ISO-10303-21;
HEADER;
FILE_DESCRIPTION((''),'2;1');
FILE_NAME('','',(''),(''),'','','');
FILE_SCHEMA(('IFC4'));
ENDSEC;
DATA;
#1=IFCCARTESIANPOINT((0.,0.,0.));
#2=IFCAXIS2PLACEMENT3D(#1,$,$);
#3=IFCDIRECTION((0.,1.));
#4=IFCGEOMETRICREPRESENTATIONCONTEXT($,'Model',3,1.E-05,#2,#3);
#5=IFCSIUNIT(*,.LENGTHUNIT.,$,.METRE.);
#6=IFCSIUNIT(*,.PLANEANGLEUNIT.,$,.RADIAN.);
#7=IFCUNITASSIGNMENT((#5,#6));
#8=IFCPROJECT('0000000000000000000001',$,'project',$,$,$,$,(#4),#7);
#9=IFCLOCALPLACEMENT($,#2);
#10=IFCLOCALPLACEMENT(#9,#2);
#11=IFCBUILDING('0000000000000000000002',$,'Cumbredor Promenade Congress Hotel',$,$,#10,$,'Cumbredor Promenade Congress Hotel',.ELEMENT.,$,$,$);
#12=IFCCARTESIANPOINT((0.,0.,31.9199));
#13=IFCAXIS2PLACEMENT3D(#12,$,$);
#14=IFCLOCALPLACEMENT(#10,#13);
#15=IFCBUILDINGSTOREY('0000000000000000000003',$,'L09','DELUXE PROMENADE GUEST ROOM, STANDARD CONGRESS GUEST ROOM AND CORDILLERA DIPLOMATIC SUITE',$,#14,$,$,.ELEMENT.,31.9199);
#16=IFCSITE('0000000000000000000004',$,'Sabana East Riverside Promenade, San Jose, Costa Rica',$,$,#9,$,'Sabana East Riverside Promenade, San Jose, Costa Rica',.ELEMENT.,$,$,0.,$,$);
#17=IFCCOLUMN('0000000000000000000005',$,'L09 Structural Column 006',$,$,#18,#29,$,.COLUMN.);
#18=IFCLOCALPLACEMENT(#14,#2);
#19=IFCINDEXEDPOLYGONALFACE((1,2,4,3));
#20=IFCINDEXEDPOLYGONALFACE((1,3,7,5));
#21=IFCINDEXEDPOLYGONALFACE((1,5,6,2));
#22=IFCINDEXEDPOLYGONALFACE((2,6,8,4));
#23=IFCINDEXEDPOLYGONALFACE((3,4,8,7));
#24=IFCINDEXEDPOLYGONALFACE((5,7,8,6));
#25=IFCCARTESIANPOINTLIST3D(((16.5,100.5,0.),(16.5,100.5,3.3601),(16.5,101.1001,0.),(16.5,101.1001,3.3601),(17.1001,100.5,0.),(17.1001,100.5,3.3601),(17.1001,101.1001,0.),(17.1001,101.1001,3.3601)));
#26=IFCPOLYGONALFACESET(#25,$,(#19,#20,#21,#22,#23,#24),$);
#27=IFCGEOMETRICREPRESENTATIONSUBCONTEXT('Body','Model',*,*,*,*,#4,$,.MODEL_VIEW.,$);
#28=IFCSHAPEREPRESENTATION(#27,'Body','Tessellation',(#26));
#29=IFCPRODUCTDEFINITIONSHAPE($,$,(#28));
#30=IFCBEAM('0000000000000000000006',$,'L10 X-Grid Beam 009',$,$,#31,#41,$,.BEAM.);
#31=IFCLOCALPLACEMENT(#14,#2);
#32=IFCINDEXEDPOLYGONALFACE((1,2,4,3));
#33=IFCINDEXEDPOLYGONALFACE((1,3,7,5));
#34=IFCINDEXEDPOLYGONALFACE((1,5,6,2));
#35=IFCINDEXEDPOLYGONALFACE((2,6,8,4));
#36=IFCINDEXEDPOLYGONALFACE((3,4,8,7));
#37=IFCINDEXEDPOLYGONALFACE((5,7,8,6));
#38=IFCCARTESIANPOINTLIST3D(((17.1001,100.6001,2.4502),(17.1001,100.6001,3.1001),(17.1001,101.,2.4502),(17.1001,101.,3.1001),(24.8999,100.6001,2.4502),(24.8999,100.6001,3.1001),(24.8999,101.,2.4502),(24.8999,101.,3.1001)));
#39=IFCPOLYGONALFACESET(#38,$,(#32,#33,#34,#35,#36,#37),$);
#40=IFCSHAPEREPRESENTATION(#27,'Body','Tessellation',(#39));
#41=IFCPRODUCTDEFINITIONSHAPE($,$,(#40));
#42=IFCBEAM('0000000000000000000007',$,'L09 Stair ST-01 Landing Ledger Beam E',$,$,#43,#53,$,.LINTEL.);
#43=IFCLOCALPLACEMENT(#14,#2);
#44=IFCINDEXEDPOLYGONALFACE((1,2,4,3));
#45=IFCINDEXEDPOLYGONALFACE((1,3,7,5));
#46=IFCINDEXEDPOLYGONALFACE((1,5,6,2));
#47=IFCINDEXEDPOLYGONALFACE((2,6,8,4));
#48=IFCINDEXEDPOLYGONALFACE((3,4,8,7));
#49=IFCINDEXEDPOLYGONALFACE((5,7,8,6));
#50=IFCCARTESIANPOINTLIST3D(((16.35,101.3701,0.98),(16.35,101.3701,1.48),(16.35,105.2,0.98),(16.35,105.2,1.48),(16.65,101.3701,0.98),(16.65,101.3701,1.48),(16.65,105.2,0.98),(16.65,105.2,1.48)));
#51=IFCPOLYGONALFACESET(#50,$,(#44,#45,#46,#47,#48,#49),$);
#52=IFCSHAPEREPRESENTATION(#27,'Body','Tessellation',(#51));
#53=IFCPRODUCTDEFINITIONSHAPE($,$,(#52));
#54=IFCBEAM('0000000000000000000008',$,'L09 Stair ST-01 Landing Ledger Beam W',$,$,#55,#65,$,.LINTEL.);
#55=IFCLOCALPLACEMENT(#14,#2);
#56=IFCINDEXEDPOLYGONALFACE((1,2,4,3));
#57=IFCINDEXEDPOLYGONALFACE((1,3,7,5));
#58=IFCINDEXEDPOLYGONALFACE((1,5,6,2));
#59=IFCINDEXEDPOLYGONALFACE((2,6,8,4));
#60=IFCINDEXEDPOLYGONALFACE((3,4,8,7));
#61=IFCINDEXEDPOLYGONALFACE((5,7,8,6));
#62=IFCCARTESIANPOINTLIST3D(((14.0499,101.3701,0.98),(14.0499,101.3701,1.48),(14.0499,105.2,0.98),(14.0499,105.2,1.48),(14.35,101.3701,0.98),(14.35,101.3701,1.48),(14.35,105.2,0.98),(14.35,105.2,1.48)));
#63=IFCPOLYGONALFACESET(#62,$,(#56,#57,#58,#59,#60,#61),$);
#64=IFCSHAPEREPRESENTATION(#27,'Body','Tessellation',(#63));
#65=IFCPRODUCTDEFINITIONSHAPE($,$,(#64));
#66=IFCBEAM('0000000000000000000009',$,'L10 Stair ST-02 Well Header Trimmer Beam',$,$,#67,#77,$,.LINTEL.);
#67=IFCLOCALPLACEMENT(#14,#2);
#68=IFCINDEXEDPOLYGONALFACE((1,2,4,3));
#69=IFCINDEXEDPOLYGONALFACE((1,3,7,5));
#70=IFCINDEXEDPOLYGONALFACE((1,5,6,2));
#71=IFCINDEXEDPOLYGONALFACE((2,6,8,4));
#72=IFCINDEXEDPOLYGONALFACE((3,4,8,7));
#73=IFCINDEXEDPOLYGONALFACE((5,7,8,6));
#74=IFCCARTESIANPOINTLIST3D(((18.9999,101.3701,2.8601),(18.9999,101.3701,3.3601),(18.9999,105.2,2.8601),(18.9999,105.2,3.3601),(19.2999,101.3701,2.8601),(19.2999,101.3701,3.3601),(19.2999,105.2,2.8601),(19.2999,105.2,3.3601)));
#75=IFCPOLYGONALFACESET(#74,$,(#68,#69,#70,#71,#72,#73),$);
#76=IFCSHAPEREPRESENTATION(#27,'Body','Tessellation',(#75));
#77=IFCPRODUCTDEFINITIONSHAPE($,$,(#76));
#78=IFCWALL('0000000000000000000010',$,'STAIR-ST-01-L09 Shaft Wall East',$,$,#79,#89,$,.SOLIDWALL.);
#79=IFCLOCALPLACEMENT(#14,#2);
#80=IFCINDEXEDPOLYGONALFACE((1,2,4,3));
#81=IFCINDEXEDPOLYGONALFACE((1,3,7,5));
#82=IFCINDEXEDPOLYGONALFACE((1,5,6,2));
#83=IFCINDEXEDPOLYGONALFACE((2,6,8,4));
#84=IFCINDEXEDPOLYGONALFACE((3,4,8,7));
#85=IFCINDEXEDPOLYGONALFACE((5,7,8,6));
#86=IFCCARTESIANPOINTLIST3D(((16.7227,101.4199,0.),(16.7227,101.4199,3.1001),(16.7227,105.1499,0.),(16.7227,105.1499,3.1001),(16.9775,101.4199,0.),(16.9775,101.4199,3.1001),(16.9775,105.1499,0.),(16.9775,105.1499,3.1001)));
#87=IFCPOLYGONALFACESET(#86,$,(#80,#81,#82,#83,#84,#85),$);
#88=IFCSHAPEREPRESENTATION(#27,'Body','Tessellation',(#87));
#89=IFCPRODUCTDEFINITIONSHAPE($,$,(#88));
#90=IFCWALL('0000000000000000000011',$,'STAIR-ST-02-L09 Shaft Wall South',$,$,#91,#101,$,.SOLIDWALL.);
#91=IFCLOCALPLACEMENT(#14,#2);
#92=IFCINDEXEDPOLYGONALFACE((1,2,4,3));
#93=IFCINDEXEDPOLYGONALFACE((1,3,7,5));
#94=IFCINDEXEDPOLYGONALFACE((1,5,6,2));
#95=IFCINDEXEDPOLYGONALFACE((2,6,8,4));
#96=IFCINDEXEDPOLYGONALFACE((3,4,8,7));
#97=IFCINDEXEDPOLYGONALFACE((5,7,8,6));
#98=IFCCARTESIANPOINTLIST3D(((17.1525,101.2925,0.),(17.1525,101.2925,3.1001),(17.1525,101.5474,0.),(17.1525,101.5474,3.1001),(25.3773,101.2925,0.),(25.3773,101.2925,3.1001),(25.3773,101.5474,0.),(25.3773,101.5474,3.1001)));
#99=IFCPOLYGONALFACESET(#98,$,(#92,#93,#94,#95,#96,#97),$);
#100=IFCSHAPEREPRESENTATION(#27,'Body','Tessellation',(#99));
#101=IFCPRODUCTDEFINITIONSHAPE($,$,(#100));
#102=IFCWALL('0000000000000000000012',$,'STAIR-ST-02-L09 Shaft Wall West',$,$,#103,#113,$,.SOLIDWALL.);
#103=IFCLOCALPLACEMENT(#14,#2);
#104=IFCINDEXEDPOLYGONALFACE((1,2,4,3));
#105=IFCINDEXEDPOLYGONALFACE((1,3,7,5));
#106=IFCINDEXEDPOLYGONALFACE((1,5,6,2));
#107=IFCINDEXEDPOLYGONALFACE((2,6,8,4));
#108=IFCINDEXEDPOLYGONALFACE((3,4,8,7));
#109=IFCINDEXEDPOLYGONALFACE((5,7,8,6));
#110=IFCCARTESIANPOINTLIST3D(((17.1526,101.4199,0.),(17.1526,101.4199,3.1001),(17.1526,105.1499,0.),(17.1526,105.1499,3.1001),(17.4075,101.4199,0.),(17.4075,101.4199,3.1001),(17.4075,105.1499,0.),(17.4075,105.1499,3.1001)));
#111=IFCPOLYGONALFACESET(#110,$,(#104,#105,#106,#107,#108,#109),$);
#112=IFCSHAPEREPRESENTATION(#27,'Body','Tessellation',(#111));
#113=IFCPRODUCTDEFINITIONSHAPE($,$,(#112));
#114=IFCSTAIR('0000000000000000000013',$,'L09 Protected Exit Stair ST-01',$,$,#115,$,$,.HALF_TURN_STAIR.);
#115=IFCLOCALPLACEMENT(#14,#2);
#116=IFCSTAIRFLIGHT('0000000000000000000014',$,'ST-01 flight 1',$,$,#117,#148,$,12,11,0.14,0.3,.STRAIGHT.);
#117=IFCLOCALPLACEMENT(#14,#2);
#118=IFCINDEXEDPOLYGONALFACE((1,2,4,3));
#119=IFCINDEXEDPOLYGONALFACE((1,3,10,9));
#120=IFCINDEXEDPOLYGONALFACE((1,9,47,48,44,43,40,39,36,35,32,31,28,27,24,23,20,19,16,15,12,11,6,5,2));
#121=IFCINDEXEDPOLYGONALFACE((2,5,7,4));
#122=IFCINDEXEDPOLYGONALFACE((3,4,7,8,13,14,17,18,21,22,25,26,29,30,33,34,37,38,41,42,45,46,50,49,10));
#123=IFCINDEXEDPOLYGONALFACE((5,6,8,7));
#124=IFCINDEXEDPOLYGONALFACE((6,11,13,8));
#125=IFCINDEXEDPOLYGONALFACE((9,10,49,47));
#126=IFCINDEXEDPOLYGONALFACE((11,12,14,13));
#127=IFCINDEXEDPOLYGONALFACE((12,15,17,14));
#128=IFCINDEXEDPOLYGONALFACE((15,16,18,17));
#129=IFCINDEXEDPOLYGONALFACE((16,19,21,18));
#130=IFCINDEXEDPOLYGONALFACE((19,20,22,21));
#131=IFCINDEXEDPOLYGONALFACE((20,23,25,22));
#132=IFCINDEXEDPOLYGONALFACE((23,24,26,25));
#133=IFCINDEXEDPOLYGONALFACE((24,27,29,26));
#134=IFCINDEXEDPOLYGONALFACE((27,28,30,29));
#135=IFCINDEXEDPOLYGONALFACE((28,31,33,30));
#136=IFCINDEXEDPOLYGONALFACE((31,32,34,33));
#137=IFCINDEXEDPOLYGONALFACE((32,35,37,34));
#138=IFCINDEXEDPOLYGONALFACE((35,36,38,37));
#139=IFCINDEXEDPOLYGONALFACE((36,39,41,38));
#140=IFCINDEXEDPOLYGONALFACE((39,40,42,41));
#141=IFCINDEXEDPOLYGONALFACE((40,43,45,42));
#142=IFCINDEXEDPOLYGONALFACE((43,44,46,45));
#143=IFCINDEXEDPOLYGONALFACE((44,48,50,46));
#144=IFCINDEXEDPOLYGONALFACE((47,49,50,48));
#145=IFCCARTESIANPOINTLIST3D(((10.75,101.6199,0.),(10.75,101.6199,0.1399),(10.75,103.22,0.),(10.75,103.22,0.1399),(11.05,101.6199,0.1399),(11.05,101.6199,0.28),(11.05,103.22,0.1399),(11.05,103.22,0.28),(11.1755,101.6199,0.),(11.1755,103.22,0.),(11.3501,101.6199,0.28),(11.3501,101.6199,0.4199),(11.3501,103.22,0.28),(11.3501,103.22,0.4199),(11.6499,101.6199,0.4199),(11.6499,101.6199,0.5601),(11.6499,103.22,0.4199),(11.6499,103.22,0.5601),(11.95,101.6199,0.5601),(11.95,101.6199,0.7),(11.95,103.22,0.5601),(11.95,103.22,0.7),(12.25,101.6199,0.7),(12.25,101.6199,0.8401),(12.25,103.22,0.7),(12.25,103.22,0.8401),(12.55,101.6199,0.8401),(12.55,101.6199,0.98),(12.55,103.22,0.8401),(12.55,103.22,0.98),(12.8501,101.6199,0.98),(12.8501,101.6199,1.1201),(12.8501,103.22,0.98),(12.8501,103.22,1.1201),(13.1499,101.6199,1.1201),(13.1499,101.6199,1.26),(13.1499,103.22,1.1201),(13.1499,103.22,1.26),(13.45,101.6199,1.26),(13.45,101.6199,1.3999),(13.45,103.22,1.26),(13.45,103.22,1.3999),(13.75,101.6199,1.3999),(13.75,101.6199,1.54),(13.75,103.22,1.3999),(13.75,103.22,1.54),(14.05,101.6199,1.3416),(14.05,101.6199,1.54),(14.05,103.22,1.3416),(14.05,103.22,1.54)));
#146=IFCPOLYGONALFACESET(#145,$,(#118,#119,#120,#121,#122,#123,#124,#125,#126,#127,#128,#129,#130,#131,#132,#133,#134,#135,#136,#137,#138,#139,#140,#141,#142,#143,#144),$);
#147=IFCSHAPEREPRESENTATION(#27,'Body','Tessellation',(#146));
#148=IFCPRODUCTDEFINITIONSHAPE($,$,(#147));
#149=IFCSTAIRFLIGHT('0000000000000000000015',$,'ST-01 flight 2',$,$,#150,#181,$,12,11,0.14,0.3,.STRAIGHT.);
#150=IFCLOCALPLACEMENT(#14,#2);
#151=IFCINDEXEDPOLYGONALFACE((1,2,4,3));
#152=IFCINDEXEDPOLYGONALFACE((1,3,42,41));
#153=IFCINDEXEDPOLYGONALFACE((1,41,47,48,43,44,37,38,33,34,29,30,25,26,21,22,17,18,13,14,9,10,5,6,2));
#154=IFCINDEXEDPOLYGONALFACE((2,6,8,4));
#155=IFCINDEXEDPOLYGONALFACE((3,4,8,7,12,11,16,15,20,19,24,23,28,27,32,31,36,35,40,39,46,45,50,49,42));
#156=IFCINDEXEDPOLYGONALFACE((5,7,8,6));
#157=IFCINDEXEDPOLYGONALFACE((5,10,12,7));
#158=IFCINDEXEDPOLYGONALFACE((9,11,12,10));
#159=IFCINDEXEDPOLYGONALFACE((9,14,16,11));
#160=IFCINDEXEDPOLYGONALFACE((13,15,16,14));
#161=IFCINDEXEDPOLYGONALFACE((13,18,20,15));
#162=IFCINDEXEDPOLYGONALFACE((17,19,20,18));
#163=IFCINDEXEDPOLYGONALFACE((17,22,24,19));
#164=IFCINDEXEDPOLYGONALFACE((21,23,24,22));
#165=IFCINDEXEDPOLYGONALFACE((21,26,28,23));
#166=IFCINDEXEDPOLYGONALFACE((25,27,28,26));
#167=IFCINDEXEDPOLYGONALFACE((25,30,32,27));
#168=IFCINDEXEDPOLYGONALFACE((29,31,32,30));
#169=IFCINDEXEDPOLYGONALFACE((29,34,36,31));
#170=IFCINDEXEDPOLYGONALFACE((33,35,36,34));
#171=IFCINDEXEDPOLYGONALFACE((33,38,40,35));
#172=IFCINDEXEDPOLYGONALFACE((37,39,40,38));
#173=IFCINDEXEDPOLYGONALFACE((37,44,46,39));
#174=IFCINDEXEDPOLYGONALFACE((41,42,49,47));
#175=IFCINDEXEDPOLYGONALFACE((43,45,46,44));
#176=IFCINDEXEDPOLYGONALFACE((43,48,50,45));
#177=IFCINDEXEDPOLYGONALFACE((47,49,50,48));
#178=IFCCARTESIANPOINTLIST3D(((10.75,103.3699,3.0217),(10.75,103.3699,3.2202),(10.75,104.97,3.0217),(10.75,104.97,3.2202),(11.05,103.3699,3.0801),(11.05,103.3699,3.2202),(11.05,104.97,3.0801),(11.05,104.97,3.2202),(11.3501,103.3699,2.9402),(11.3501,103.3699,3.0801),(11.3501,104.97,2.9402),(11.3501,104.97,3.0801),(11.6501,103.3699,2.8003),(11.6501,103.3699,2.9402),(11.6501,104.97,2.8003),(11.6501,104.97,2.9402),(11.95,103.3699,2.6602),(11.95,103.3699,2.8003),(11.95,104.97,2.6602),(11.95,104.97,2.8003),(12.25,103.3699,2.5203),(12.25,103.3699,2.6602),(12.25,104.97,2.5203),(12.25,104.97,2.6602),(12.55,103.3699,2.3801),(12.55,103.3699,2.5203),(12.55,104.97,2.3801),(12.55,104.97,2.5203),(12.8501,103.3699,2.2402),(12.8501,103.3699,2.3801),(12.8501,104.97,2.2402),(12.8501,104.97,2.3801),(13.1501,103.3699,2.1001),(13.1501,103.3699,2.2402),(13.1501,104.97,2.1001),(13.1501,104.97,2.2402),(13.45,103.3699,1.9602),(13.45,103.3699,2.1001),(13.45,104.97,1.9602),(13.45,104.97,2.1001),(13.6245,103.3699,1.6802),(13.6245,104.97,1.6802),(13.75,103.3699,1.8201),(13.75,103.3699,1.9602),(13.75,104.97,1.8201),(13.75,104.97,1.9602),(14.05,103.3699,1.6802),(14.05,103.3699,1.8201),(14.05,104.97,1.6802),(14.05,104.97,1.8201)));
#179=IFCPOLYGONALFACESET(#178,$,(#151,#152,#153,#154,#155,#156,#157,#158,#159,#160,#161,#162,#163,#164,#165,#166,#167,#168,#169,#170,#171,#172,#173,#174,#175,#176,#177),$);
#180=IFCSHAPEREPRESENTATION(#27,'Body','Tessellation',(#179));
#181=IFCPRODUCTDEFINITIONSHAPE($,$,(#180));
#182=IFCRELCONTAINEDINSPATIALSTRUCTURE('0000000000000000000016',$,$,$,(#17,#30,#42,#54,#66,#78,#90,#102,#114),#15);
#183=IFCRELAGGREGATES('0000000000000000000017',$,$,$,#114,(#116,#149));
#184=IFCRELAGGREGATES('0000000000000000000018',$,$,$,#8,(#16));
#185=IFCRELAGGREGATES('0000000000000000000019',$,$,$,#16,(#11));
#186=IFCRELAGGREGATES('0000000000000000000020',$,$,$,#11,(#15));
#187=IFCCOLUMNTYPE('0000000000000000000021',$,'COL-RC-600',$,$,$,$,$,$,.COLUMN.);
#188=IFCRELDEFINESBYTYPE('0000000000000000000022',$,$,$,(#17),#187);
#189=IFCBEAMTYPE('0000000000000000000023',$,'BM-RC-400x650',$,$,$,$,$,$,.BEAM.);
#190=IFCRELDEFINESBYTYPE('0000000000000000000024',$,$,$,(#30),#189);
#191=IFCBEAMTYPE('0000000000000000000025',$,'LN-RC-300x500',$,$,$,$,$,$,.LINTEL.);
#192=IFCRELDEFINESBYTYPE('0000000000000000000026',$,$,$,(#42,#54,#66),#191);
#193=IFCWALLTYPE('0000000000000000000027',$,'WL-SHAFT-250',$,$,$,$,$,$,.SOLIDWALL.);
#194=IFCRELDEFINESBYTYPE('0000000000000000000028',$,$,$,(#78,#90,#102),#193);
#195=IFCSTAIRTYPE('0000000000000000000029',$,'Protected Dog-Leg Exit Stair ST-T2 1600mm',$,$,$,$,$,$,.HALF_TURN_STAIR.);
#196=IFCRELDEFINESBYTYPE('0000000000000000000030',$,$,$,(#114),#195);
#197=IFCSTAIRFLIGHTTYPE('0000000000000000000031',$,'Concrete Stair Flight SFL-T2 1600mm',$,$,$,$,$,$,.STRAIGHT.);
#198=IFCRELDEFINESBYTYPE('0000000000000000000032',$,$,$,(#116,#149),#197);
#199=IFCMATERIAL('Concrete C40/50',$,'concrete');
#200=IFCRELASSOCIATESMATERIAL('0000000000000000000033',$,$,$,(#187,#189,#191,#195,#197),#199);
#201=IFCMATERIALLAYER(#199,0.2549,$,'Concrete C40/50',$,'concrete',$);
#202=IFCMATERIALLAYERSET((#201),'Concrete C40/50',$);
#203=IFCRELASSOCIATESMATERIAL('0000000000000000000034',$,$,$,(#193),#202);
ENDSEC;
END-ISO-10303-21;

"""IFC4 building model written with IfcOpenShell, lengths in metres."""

from ifc_helpers import new_model, si_unit, direction, frame, frame_2d, origin, origin_2d, place, context, subcontext, project, spatial, polyline, rectangle, outline, extrude, material, layer, layer_set, material_profile, profile_set, type_object, element, aggregate, save


model = new_model("IFC4")

# Units and contexts
model_context = context("Model", 3, precision=1e-05, world=origin(), true_north=direction((0.0, 1.0)))
body_context = subcontext(model_context, "Body", "Model", "MODEL_VIEW")
ifc_project = project(units=[si_unit("LENGTHUNIT", "METRE"), si_unit("PLANEANGLEUNIT", "RADIAN")], contexts=[model_context])

# Site, building, storey
site_placement = place(None, origin())
site = spatial("IfcSite", under=ifc_project, at=site_placement, Name="Sabana East Riverside Promenade, San Jose, Costa Rica", LongName="Sabana East Riverside Promenade, San Jose, Costa Rica", CompositionType="ELEMENT", RefElevation=0.0)
building_placement = place(site_placement, origin())
building = spatial("IfcBuilding", under=site, at=building_placement, Name="Cumbredor Promenade Congress Hotel", LongName="Cumbredor Promenade Congress Hotel", CompositionType="ELEMENT")
storey_placement = place(building_placement, frame((0.0, 0.0, 31.9199)))
storey = spatial("IfcBuildingStorey", under=building, at=storey_placement, Name="L09", Description="DELUXE PROMENADE GUEST ROOM, STANDARD CONGRESS GUEST ROOM AND CORDILLERA DIPLOMATIC SUITE", CompositionType="ELEMENT", Elevation=31.9199)

# Column
ifc_material_1 = material(Name="Concrete C40/50", Category="concrete")
ifc_material_profile_1 = material_profile(ifc_material_1, rectangle(XDim=0.6001, YDim=0.6001, at=origin_2d()), Name="RC 600x600")
ifc_profile_set_1 = profile_set([ifc_material_profile_1], Name="Concrete C40/50")
column_type = type_object("IfcColumnType", Name="COL-RC-600", PredefinedType="COLUMN", material=ifc_profile_set_1)
column_placement = place(storey_placement, frame((16.8, 100.8, 0.0), z_axis=(0.0, 0.0, 1.0), x_axis=(1.0, 0.0, 0.0)))
element("IfcColumn", 1, at=column_placement, inside=storey, type_object=column_type, Name="L09 Structural Column 006", PredefinedType="COLUMN", context=body_context, shape_type="SweptSolid", body=[
    extrude(rectangle(XDim=0.6001, YDim=0.6001, at=origin_2d()), origin(), (0.0, 0.0, 1.0), 3.3601),
])

# Beams
ifc_material_profile_2 = material_profile(ifc_material_1, rectangle(XDim=0.3999, YDim=0.6499, at=origin_2d()), Name="RC BEAM 400x650")
ifc_profile_set_2 = profile_set([ifc_material_profile_2], Name="Concrete C40/50")
beam_type_1 = type_object("IfcBeamType", Name="BM-RC-400x650", PredefinedType="BEAM", material=ifc_profile_set_2)
beam_placement = place(storey_placement, frame((17.1001, 100.8, 2.7751), z_axis=(1.0, 0.0, 0.0), x_axis=(0.0, 1.0, 0.0)))
element("IfcBeam", 2, at=beam_placement, inside=storey, type_object=beam_type_1, Name="L10 X-Grid Beam 009", PredefinedType="BEAM", context=body_context, shape_type="SweptSolid", body=[
    extrude(rectangle(XDim=0.3999, YDim=0.6499, at=origin_2d()), origin(), (0.0, 0.0, 1.0), 7.7998),
])
ifc_material_profile_3 = material_profile(ifc_material_1, rectangle(XDim=0.3, YDim=0.5, at=origin_2d()), Name="RC LINTEL 300x500")
ifc_profile_set_3 = profile_set([ifc_material_profile_3], Name="Concrete C40/50")
beam_type_2 = type_object("IfcBeamType", Name="LN-RC-300x500", PredefinedType="LINTEL", material=ifc_profile_set_3)
for number, where, z_axis, x_axis, name in (
    (3, (16.5, 101.3701, 1.23), (0.0, 1.0, 0.0), (-1.0, 0.0, 0.0), "L09 Stair ST-01 Landing Ledger Beam E"),
    (4, (14.2, 101.3701, 1.23), (0.0, 1.0, 0.0), (-1.0, 0.0, 0.0), "L09 Stair ST-01 Landing Ledger Beam W"),
    (5, (19.1499, 101.3701, 3.1101), (0.0, 1.0, 0.0), (-1.0, 0.0, 0.0), "L10 Stair ST-02 Well Header Trimmer Beam"),
):
    element("IfcBeam", number, at=place(storey_placement, frame(where, z_axis=z_axis, x_axis=x_axis)), inside=storey, type_object=beam_type_2, Name=name, PredefinedType="LINTEL", context=body_context, shape_type="SweptSolid", body=[
        extrude(rectangle(XDim=0.3, YDim=0.5, at=origin_2d()), origin(), (0.0, 0.0, 1.0), 3.8298),
    ])

# Walls
ifc_layer = layer(ifc_material_1, 0.2549, Name="Concrete C40/50", Category="concrete")
ifc_layer_set = layer_set([ifc_layer], Name="Concrete C40/50")
wall_type = type_object("IfcWallType", Name="WL-SHAFT-250", PredefinedType="SOLIDWALL", material=ifc_layer_set)
wall_1_placement = place(storey_placement, frame((16.8501, 101.4199, 0.0), z_axis=(0.0, 0.0, 1.0), x_axis=(0.0, 1.0, 0.0)))
element("IfcWall", 6, at=wall_1_placement, inside=storey, type_object=wall_type, Name="STAIR-ST-01-L09 Shaft Wall East", PredefinedType="SOLIDWALL", context=body_context, shape_type="SweptSolid", body=[
    extrude(rectangle(XDim=3.73, YDim=0.2549, at=frame_2d((1.865, 0.0))), origin(), (0.0, 0.0, 1.0), 3.1001),
])
wall_2_placement = place(storey_placement, frame((17.1526, 101.4199, 0.0), z_axis=(0.0, 0.0, 1.0), x_axis=(1.0, 0.0, 0.0)))
element("IfcWall", 7, at=wall_2_placement, inside=storey, type_object=wall_type, Name="STAIR-ST-02-L09 Shaft Wall South", PredefinedType="SOLIDWALL", context=body_context, shape_type="SweptSolid", body=[
    extrude(rectangle(XDim=8.2249, YDim=0.2549, at=frame_2d((4.1123, 0.0))), origin(), (0.0, 0.0, 1.0), 3.1001),
])

# Wall
wall_3_placement = place(storey_placement, frame((17.28, 101.4199, 0.0), z_axis=(0.0, 0.0, 1.0), x_axis=(0.0, 1.0, 0.0)))
element("IfcWall", 8, at=wall_3_placement, inside=storey, type_object=wall_type, Name="STAIR-ST-02-L09 Shaft Wall West", PredefinedType="SOLIDWALL", context=body_context, shape_type="SweptSolid", body=[
    extrude(rectangle(XDim=3.73, YDim=0.2549, at=frame_2d((1.865, 0.0))), origin(), (0.0, 0.0, 1.0), 3.1001),
])

# Stair, stair flights
stair_type = type_object("IfcStairType", Name="Protected Dog-Leg Exit Stair ST-T2 1600mm", PredefinedType="HALF_TURN_STAIR", material=ifc_material_1)
stair_placement = place(storey_placement, origin())
stair = element("IfcStair", 9, at=stair_placement, inside=storey, type_object=stair_type, Name="L09 Protected Exit Stair ST-01", PredefinedType="HALF_TURN_STAIR")
stair_flight_type = type_object("IfcStairFlightType", Name="Concrete Stair Flight SFL-T2 1600mm", PredefinedType="STRAIGHT", material=ifc_material_1)
stair_flight_1_placement = place(storey_placement, frame((10.75, 102.4199, 0.0), z_axis=(0.0, 0.0, 1.0), x_axis=(1.0, 0.0, 0.0)))
stair_flight_1 = element("IfcStairFlight", 10, at=stair_flight_1_placement, type_object=stair_flight_type, Name="ST-01 flight 1", NumberOfRisers=12, NumberOfTreads=11, PredefinedType="STRAIGHT", RiserHeight=0.14, TreadLength=0.3, context=body_context, shape_type="SweptSolid", body=[
    extrude(outline(polyline([(0.0, 0.0), (0.0, 0.1399), (0.3, 0.1399), (0.3, 0.28), (0.6001, 0.28), (0.6001, 0.4199), (0.8999, 0.4199), (0.8999, 0.5601), (1.2, 0.5601), (1.2, 0.7), (1.5, 0.7), (1.5, 0.8401), (1.8, 0.8401), (1.8, 0.98), (2.1001, 0.98), (2.1001, 1.1201), (2.3999, 1.1201), (2.3999, 1.26), (2.7, 1.26), (2.7, 1.3999), (3.0, 1.3999), (3.0, 1.54), (3.3, 1.54), (3.3, 1.6799), (3.3, 1.3416), (0.4255, 0.0), (0.0, 0.0)])), frame((0.0, 0.8, 0.0), z_axis=(0.0, -1.0, 0.0), x_axis=(1.0, 0.0, 0.0)), (0.0, 0.0, 1.0), 1.6001),
])
stair_flight_2_placement = place(storey_placement, frame((14.05, 104.1699, 1.6802), z_axis=(0.0, 0.0, 1.0), x_axis=(-1.0, 0.0, 0.0)))
stair_flight_2 = element("IfcStairFlight", 11, at=stair_flight_2_placement, type_object=stair_flight_type, Name="ST-01 flight 2", NumberOfRisers=12, NumberOfTreads=11, PredefinedType="STRAIGHT", RiserHeight=0.14, TreadLength=0.3, context=body_context, shape_type="SweptSolid", body=[
    extrude(outline(polyline([(0.0, 0.0), (0.0, 0.1399), (0.3, 0.1399), (0.3, 0.28), (0.6001, 0.28), (0.6001, 0.4199), (0.8999, 0.4199), (0.8999, 0.5601), (1.2, 0.5601), (1.2, 0.7), (1.5, 0.7), (1.5, 0.8401), (1.8, 0.8401), (1.8, 0.98), (2.1001, 0.98), (2.1001, 1.1201), (2.3999, 1.1201), (2.3999, 1.26), (2.7, 1.26), (2.7, 1.3999), (3.0, 1.3999), (3.0, 1.54), (3.3, 1.54), (3.3, 1.6799), (3.3, 1.3416), (0.4255, 0.0), (0.0, 0.0)])), frame((0.0, 0.8, 0.0), z_axis=(0.0, -1.0, 0.0), x_axis=(1.0, 0.0, 0.0)), (0.0, 0.0, 1.0), 1.6001),
])
aggregate(stair, [stair_flight_1, stair_flight_2])

save(model, "model.ifc")
